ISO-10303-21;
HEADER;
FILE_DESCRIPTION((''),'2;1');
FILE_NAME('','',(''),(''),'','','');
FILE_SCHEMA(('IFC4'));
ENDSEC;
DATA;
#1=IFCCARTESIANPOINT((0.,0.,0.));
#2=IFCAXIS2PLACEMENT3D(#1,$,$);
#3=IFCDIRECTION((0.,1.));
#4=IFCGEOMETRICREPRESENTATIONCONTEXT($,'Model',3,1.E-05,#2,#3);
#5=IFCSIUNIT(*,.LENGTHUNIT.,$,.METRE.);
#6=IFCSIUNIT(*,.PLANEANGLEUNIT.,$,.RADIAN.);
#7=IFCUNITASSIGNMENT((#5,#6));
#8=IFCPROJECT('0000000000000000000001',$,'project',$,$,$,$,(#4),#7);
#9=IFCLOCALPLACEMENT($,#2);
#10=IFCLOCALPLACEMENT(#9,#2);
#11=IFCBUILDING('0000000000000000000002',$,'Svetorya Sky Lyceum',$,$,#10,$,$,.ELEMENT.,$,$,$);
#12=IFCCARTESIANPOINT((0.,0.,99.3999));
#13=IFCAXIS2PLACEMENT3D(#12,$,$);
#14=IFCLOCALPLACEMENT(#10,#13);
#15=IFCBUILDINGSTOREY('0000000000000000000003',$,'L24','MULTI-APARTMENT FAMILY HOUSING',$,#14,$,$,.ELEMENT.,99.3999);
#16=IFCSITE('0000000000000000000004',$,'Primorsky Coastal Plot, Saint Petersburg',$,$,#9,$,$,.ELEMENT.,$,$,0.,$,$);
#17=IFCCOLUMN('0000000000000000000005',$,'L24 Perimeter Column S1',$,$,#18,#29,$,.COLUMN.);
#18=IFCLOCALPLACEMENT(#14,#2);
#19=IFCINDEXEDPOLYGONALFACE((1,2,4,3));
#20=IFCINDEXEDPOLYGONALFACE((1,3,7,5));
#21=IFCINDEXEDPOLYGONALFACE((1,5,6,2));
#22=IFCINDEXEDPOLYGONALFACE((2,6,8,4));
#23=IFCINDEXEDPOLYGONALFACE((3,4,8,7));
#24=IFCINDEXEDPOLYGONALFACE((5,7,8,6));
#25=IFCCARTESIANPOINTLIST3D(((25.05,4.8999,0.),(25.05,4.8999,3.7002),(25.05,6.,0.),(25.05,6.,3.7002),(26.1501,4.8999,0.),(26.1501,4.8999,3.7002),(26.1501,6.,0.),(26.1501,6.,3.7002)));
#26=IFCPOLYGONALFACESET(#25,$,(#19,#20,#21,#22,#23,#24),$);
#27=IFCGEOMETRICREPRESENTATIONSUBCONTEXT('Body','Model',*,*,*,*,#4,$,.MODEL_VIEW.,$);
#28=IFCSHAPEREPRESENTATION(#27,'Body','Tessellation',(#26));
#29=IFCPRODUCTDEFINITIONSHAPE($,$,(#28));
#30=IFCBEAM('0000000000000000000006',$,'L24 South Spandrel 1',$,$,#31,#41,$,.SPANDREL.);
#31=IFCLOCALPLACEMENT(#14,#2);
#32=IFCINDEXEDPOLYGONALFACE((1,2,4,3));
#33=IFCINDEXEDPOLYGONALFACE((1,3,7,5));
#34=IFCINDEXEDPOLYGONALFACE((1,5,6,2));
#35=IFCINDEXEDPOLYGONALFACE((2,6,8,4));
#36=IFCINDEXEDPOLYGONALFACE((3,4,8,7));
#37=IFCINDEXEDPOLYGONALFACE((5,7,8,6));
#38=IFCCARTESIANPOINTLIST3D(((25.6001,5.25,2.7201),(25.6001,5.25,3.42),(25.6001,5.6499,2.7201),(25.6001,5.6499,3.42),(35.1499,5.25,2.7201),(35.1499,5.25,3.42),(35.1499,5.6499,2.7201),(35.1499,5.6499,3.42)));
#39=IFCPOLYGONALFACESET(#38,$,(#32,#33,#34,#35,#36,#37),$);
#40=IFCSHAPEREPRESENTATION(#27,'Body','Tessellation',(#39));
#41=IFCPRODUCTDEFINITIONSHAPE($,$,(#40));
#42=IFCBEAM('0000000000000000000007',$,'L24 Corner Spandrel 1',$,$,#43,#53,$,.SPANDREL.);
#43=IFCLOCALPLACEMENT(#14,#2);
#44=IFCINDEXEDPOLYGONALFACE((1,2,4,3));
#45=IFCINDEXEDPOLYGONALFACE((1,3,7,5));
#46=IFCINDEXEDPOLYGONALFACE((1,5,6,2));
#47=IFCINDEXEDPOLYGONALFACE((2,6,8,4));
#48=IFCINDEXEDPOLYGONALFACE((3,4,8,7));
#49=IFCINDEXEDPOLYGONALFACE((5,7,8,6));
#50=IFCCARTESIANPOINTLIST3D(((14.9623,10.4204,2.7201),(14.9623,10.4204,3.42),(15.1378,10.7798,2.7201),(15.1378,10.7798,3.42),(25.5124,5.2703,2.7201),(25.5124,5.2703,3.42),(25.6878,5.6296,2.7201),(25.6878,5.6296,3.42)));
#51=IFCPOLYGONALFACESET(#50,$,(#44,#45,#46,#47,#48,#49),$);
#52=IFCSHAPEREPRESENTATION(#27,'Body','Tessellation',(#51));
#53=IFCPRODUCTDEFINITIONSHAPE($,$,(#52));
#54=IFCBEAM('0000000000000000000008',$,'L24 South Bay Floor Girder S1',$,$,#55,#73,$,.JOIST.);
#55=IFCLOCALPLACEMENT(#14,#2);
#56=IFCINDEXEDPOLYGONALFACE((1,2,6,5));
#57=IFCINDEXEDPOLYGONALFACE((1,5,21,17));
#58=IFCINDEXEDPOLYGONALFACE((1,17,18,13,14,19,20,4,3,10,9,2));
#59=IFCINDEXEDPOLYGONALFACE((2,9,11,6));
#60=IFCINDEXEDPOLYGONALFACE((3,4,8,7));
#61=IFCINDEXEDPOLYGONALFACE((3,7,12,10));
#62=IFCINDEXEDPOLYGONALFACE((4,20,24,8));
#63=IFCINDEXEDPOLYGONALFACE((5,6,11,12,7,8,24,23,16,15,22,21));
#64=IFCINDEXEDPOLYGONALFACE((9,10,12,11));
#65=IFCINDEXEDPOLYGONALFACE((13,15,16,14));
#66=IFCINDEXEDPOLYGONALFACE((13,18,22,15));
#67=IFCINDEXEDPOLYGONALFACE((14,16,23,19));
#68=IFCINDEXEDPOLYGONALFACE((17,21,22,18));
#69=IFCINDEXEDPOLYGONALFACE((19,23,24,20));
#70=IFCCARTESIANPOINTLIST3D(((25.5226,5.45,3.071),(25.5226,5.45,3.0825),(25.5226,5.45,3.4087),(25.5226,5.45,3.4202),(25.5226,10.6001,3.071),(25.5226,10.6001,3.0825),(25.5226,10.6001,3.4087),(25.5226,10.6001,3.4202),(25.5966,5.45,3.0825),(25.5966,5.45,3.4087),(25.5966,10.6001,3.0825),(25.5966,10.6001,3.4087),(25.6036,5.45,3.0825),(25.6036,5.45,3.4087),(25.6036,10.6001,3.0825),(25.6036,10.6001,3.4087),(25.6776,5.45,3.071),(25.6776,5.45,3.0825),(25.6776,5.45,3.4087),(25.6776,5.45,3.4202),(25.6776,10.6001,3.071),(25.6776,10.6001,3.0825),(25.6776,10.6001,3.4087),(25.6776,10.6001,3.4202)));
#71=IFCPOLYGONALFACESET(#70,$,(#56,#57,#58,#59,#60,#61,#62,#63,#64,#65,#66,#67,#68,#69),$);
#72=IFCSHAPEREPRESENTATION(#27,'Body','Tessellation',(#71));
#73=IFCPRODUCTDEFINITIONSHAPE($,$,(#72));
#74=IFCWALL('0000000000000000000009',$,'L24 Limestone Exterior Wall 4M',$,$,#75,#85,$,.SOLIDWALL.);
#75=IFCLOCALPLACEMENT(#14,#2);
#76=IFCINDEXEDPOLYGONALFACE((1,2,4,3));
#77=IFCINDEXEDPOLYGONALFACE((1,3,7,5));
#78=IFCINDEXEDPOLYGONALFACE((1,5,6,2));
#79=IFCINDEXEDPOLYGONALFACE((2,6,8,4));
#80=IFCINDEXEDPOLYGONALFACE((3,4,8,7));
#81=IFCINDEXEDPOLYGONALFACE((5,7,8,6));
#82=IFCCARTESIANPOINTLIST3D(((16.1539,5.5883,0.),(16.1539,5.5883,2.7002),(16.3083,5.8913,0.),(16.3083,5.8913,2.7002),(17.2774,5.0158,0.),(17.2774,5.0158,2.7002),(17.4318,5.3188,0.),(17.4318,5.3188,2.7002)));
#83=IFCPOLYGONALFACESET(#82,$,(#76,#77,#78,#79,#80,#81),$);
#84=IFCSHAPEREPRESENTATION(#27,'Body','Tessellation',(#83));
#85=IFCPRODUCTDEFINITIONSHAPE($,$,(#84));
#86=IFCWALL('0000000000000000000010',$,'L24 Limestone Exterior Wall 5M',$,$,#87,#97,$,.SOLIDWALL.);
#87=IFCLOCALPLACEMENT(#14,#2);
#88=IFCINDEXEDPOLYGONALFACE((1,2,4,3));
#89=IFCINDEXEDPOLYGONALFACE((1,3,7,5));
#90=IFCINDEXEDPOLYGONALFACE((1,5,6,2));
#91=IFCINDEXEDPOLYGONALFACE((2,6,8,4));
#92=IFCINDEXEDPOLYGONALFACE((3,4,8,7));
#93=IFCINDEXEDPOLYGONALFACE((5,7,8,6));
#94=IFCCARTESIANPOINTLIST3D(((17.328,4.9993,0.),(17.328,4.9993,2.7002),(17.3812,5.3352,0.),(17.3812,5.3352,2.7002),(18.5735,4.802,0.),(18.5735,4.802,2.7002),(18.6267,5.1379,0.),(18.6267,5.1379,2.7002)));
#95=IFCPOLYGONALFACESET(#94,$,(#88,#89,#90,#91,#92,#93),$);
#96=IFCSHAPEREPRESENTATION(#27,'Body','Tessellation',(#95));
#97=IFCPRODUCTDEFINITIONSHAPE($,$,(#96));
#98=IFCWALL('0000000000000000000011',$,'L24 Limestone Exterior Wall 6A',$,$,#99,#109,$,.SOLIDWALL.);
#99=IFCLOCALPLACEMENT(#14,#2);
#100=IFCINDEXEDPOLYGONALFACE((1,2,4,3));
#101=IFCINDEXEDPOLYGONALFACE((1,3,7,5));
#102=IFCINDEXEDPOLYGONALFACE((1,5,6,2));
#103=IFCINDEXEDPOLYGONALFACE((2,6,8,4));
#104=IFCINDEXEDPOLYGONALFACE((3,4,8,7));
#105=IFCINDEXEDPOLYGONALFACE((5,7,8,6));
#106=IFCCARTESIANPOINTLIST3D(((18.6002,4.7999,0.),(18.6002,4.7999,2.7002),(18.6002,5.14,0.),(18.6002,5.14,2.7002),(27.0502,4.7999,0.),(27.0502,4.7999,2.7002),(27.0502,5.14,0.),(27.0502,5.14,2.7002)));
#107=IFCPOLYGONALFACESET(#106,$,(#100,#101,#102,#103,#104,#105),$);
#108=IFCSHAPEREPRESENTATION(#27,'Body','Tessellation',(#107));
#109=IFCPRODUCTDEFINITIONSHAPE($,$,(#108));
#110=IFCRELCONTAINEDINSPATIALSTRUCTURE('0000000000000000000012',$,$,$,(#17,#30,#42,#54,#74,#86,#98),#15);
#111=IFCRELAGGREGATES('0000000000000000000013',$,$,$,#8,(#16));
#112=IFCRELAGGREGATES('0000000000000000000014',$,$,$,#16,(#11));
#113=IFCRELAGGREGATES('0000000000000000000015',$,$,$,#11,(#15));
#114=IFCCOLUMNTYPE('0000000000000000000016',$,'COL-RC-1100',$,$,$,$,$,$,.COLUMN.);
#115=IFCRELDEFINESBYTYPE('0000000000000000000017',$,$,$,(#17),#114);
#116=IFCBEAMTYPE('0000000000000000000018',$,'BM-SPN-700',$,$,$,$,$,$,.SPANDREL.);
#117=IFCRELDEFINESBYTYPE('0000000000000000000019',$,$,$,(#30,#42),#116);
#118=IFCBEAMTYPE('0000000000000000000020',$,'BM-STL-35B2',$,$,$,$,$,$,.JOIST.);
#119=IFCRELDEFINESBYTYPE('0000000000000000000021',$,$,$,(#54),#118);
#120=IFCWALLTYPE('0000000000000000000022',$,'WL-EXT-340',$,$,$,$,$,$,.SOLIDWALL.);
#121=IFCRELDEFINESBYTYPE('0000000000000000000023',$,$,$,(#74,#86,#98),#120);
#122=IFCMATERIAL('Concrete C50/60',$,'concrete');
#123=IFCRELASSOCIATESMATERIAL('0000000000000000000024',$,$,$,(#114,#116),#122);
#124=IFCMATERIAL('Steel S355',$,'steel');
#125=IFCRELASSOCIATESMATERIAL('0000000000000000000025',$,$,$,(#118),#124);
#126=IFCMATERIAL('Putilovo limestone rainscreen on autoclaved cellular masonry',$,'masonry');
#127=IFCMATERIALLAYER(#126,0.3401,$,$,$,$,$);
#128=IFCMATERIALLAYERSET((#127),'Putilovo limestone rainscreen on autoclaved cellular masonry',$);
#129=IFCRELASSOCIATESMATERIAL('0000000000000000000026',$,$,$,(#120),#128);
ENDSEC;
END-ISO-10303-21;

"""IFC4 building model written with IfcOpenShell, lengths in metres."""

from ifc_helpers import new_model, si_unit, direction, frame, frame_2d, origin, origin_2d, place, context, subcontext, project, spatial, rectangle, i_section, extrude, material, layer, layer_set, material_profile, profile_set, type_object, element, save


model = new_model("IFC4")

# Units and contexts
model_context = context("Model", 3, precision=1e-05, world=origin(), true_north=direction((0.0, 1.0)))
body_context = subcontext(model_context, "Body", "Model", "MODEL_VIEW")
ifc_project = project(units=[si_unit("LENGTHUNIT", "METRE"), si_unit("PLANEANGLEUNIT", "RADIAN")], contexts=[model_context])

# Site, building, storey
site_placement = place(None, origin())
site = spatial("IfcSite", under=ifc_project, at=site_placement, Name="Primorsky Coastal Plot, Saint Petersburg", CompositionType="ELEMENT", RefElevation=0.0)
building_placement = place(site_placement, origin())
building = spatial("IfcBuilding", under=site, at=building_placement, Name="Svetorya Sky Lyceum", CompositionType="ELEMENT")
storey_placement = place(building_placement, frame((0.0, 0.0, 99.3999)))
storey = spatial("IfcBuildingStorey", under=building, at=storey_placement, Name="L24", Description="MULTI-APARTMENT FAMILY HOUSING", CompositionType="ELEMENT", Elevation=99.3999)

# Column
ifc_material_1 = material(Name="Concrete C50/60", Category="concrete")
ifc_material_profile_1 = material_profile(ifc_material_1, rectangle(XDim=1.1001, YDim=1.1001, at=origin_2d()), Name="RC COL 1100x1100")
ifc_profile_set_1 = profile_set([ifc_material_profile_1], Name="Concrete C50/60")
column_type = type_object("IfcColumnType", Name="COL-RC-1100", PredefinedType="COLUMN", material=ifc_profile_set_1)
column_placement = place(storey_placement, frame((25.6001, 5.45, 0.0), z_axis=(0.0, 0.0, 1.0), x_axis=(1.0, 0.0, 0.0)))
element("IfcColumn", 1, at=column_placement, inside=storey, type_object=column_type, Name="L24 Perimeter Column S1", PredefinedType="COLUMN", context=body_context, shape_type="SweptSolid", body=[
    extrude(rectangle(XDim=1.1001, YDim=1.1001, at=origin_2d()), origin(), (0.0, 0.0, 1.0), 3.7002),
])

# Beams
ifc_material_profile_2 = material_profile(ifc_material_1, rectangle(XDim=0.3999, YDim=0.7, at=origin_2d()), Name="RC SPANDREL 400x700")
ifc_profile_set_2 = profile_set([ifc_material_profile_2], Name="Concrete C50/60")
beam_type_1 = type_object("IfcBeamType", Name="BM-SPN-700", PredefinedType="SPANDREL", material=ifc_profile_set_2)
beam_1_placement = place(storey_placement, frame((25.6001, 5.45, 3.0701), z_axis=(1.0, 0.0, 0.0), x_axis=(0.0, 1.0, 0.0)))
element("IfcBeam", 2, at=beam_1_placement, inside=storey, type_object=beam_type_1, Name="L24 South Spandrel 1", PredefinedType="SPANDREL", context=body_context, shape_type="SweptSolid", body=[
    extrude(rectangle(XDim=0.3999, YDim=0.7, at=origin_2d()), origin(), (0.0, 0.0, 1.0), 9.5498),
])
beam_2_placement = place(storey_placement, frame((25.6001, 5.45, 3.0701), z_axis=(-0.898641, 0.438684, 0.0), x_axis=(-0.438684, -0.898641, 0.0)))
element("IfcBeam", 3, at=beam_2_placement, inside=storey, type_object=beam_type_1, Name="L24 Corner Spandrel 1", PredefinedType="SPANDREL", context=body_context, shape_type="SweptSolid", body=[
    extrude(rectangle(XDim=0.3999, YDim=0.7, at=origin_2d()), origin(), (0.0, 0.0, 1.0), 11.74),
])
ifc_material_2 = material(Name="Steel S355", Category="steel")
ifc_material_profile_3 = material_profile(ifc_material_2, i_section(OverallWidth=0.155, OverallDepth=0.3491, WebThickness=0.0071, FlangeThickness=0.0115, at=origin_2d()), Name="GOST 35B2")
ifc_profile_set_3 = profile_set([ifc_material_profile_3], Name="Steel S355")
beam_type_2 = type_object("IfcBeamType", Name="BM-STL-35B2", PredefinedType="JOIST", material=ifc_profile_set_3)
beam_3_placement = place(storey_placement, frame((25.6001, 5.45, 3.2456), z_axis=(0.0, 1.0, 0.0), x_axis=(-1.0, 0.0, 0.0)))
element("IfcBeam", 4, at=beam_3_placement, inside=storey, type_object=beam_type_2, Name="L24 South Bay Floor Girder S1", PredefinedType="JOIST", context=body_context, shape_type="SweptSolid", body=[
    extrude(i_section(OverallWidth=0.155, OverallDepth=0.3491, WebThickness=0.0071, FlangeThickness=0.0115, at=origin_2d()), origin(), (0.0, 0.0, 1.0), 5.1501),
])

# Walls
ifc_material_3 = material(Name="Putilovo limestone rainscreen on autoclaved cellular masonry", Category="masonry")
ifc_layer_1 = layer(ifc_material_3, 0.3401)
ifc_layer_set_1 = layer_set([ifc_layer_1], Name="Putilovo limestone rainscreen on autoclaved cellular masonry")
wall_type_1 = type_object("IfcWallType", Name="WL-EXT-340", PredefinedType="SOLIDWALL", material=ifc_layer_set_1)
for number, where, z_axis, x_axis, name in (
    (5, (16.2312, 5.7397, 0.0), (0.0, 0.0, 1.0), (0.890994, -0.454016, 0.0), "L24 Limestone Exterior Wall 4M"),
    (6, (17.3547, 5.1672, 0.0), (0.0, 0.0, 1.0), (0.987686, -0.15645, 0.0), "L24 Limestone Exterior Wall 5M"),
):
    element("IfcWall", number, at=place(storey_placement, frame(where, z_axis=z_axis, x_axis=x_axis)), inside=storey, type_object=wall_type_1, Name=name, PredefinedType="SOLIDWALL", context=body_context, shape_type="SweptSolid", body=[
        extrude(rectangle(XDim=1.261, YDim=0.3401, at=frame_2d((0.6304, 0.0))), origin(), (0.0, 0.0, 1.0), 2.7002),
    ])
wall_1_placement = place(storey_placement, frame((18.6001, 4.97, 0.0), z_axis=(0.0, 0.0, 1.0), x_axis=(1.0, 0.0, 0.0)))
element("IfcWall", 7, at=wall_1_placement, inside=storey, type_object=wall_type_1, Name="L24 Limestone Exterior Wall 6A", PredefinedType="SOLIDWALL", context=body_context, shape_type="SweptSolid", body=[
    extrude(rectangle(XDim=8.45, YDim=0.3401, at=frame_2d((4.2251, 0.0))), origin(), (0.0, 0.0, 1.0), 2.7002),
])

save(model, "model.ifc")
